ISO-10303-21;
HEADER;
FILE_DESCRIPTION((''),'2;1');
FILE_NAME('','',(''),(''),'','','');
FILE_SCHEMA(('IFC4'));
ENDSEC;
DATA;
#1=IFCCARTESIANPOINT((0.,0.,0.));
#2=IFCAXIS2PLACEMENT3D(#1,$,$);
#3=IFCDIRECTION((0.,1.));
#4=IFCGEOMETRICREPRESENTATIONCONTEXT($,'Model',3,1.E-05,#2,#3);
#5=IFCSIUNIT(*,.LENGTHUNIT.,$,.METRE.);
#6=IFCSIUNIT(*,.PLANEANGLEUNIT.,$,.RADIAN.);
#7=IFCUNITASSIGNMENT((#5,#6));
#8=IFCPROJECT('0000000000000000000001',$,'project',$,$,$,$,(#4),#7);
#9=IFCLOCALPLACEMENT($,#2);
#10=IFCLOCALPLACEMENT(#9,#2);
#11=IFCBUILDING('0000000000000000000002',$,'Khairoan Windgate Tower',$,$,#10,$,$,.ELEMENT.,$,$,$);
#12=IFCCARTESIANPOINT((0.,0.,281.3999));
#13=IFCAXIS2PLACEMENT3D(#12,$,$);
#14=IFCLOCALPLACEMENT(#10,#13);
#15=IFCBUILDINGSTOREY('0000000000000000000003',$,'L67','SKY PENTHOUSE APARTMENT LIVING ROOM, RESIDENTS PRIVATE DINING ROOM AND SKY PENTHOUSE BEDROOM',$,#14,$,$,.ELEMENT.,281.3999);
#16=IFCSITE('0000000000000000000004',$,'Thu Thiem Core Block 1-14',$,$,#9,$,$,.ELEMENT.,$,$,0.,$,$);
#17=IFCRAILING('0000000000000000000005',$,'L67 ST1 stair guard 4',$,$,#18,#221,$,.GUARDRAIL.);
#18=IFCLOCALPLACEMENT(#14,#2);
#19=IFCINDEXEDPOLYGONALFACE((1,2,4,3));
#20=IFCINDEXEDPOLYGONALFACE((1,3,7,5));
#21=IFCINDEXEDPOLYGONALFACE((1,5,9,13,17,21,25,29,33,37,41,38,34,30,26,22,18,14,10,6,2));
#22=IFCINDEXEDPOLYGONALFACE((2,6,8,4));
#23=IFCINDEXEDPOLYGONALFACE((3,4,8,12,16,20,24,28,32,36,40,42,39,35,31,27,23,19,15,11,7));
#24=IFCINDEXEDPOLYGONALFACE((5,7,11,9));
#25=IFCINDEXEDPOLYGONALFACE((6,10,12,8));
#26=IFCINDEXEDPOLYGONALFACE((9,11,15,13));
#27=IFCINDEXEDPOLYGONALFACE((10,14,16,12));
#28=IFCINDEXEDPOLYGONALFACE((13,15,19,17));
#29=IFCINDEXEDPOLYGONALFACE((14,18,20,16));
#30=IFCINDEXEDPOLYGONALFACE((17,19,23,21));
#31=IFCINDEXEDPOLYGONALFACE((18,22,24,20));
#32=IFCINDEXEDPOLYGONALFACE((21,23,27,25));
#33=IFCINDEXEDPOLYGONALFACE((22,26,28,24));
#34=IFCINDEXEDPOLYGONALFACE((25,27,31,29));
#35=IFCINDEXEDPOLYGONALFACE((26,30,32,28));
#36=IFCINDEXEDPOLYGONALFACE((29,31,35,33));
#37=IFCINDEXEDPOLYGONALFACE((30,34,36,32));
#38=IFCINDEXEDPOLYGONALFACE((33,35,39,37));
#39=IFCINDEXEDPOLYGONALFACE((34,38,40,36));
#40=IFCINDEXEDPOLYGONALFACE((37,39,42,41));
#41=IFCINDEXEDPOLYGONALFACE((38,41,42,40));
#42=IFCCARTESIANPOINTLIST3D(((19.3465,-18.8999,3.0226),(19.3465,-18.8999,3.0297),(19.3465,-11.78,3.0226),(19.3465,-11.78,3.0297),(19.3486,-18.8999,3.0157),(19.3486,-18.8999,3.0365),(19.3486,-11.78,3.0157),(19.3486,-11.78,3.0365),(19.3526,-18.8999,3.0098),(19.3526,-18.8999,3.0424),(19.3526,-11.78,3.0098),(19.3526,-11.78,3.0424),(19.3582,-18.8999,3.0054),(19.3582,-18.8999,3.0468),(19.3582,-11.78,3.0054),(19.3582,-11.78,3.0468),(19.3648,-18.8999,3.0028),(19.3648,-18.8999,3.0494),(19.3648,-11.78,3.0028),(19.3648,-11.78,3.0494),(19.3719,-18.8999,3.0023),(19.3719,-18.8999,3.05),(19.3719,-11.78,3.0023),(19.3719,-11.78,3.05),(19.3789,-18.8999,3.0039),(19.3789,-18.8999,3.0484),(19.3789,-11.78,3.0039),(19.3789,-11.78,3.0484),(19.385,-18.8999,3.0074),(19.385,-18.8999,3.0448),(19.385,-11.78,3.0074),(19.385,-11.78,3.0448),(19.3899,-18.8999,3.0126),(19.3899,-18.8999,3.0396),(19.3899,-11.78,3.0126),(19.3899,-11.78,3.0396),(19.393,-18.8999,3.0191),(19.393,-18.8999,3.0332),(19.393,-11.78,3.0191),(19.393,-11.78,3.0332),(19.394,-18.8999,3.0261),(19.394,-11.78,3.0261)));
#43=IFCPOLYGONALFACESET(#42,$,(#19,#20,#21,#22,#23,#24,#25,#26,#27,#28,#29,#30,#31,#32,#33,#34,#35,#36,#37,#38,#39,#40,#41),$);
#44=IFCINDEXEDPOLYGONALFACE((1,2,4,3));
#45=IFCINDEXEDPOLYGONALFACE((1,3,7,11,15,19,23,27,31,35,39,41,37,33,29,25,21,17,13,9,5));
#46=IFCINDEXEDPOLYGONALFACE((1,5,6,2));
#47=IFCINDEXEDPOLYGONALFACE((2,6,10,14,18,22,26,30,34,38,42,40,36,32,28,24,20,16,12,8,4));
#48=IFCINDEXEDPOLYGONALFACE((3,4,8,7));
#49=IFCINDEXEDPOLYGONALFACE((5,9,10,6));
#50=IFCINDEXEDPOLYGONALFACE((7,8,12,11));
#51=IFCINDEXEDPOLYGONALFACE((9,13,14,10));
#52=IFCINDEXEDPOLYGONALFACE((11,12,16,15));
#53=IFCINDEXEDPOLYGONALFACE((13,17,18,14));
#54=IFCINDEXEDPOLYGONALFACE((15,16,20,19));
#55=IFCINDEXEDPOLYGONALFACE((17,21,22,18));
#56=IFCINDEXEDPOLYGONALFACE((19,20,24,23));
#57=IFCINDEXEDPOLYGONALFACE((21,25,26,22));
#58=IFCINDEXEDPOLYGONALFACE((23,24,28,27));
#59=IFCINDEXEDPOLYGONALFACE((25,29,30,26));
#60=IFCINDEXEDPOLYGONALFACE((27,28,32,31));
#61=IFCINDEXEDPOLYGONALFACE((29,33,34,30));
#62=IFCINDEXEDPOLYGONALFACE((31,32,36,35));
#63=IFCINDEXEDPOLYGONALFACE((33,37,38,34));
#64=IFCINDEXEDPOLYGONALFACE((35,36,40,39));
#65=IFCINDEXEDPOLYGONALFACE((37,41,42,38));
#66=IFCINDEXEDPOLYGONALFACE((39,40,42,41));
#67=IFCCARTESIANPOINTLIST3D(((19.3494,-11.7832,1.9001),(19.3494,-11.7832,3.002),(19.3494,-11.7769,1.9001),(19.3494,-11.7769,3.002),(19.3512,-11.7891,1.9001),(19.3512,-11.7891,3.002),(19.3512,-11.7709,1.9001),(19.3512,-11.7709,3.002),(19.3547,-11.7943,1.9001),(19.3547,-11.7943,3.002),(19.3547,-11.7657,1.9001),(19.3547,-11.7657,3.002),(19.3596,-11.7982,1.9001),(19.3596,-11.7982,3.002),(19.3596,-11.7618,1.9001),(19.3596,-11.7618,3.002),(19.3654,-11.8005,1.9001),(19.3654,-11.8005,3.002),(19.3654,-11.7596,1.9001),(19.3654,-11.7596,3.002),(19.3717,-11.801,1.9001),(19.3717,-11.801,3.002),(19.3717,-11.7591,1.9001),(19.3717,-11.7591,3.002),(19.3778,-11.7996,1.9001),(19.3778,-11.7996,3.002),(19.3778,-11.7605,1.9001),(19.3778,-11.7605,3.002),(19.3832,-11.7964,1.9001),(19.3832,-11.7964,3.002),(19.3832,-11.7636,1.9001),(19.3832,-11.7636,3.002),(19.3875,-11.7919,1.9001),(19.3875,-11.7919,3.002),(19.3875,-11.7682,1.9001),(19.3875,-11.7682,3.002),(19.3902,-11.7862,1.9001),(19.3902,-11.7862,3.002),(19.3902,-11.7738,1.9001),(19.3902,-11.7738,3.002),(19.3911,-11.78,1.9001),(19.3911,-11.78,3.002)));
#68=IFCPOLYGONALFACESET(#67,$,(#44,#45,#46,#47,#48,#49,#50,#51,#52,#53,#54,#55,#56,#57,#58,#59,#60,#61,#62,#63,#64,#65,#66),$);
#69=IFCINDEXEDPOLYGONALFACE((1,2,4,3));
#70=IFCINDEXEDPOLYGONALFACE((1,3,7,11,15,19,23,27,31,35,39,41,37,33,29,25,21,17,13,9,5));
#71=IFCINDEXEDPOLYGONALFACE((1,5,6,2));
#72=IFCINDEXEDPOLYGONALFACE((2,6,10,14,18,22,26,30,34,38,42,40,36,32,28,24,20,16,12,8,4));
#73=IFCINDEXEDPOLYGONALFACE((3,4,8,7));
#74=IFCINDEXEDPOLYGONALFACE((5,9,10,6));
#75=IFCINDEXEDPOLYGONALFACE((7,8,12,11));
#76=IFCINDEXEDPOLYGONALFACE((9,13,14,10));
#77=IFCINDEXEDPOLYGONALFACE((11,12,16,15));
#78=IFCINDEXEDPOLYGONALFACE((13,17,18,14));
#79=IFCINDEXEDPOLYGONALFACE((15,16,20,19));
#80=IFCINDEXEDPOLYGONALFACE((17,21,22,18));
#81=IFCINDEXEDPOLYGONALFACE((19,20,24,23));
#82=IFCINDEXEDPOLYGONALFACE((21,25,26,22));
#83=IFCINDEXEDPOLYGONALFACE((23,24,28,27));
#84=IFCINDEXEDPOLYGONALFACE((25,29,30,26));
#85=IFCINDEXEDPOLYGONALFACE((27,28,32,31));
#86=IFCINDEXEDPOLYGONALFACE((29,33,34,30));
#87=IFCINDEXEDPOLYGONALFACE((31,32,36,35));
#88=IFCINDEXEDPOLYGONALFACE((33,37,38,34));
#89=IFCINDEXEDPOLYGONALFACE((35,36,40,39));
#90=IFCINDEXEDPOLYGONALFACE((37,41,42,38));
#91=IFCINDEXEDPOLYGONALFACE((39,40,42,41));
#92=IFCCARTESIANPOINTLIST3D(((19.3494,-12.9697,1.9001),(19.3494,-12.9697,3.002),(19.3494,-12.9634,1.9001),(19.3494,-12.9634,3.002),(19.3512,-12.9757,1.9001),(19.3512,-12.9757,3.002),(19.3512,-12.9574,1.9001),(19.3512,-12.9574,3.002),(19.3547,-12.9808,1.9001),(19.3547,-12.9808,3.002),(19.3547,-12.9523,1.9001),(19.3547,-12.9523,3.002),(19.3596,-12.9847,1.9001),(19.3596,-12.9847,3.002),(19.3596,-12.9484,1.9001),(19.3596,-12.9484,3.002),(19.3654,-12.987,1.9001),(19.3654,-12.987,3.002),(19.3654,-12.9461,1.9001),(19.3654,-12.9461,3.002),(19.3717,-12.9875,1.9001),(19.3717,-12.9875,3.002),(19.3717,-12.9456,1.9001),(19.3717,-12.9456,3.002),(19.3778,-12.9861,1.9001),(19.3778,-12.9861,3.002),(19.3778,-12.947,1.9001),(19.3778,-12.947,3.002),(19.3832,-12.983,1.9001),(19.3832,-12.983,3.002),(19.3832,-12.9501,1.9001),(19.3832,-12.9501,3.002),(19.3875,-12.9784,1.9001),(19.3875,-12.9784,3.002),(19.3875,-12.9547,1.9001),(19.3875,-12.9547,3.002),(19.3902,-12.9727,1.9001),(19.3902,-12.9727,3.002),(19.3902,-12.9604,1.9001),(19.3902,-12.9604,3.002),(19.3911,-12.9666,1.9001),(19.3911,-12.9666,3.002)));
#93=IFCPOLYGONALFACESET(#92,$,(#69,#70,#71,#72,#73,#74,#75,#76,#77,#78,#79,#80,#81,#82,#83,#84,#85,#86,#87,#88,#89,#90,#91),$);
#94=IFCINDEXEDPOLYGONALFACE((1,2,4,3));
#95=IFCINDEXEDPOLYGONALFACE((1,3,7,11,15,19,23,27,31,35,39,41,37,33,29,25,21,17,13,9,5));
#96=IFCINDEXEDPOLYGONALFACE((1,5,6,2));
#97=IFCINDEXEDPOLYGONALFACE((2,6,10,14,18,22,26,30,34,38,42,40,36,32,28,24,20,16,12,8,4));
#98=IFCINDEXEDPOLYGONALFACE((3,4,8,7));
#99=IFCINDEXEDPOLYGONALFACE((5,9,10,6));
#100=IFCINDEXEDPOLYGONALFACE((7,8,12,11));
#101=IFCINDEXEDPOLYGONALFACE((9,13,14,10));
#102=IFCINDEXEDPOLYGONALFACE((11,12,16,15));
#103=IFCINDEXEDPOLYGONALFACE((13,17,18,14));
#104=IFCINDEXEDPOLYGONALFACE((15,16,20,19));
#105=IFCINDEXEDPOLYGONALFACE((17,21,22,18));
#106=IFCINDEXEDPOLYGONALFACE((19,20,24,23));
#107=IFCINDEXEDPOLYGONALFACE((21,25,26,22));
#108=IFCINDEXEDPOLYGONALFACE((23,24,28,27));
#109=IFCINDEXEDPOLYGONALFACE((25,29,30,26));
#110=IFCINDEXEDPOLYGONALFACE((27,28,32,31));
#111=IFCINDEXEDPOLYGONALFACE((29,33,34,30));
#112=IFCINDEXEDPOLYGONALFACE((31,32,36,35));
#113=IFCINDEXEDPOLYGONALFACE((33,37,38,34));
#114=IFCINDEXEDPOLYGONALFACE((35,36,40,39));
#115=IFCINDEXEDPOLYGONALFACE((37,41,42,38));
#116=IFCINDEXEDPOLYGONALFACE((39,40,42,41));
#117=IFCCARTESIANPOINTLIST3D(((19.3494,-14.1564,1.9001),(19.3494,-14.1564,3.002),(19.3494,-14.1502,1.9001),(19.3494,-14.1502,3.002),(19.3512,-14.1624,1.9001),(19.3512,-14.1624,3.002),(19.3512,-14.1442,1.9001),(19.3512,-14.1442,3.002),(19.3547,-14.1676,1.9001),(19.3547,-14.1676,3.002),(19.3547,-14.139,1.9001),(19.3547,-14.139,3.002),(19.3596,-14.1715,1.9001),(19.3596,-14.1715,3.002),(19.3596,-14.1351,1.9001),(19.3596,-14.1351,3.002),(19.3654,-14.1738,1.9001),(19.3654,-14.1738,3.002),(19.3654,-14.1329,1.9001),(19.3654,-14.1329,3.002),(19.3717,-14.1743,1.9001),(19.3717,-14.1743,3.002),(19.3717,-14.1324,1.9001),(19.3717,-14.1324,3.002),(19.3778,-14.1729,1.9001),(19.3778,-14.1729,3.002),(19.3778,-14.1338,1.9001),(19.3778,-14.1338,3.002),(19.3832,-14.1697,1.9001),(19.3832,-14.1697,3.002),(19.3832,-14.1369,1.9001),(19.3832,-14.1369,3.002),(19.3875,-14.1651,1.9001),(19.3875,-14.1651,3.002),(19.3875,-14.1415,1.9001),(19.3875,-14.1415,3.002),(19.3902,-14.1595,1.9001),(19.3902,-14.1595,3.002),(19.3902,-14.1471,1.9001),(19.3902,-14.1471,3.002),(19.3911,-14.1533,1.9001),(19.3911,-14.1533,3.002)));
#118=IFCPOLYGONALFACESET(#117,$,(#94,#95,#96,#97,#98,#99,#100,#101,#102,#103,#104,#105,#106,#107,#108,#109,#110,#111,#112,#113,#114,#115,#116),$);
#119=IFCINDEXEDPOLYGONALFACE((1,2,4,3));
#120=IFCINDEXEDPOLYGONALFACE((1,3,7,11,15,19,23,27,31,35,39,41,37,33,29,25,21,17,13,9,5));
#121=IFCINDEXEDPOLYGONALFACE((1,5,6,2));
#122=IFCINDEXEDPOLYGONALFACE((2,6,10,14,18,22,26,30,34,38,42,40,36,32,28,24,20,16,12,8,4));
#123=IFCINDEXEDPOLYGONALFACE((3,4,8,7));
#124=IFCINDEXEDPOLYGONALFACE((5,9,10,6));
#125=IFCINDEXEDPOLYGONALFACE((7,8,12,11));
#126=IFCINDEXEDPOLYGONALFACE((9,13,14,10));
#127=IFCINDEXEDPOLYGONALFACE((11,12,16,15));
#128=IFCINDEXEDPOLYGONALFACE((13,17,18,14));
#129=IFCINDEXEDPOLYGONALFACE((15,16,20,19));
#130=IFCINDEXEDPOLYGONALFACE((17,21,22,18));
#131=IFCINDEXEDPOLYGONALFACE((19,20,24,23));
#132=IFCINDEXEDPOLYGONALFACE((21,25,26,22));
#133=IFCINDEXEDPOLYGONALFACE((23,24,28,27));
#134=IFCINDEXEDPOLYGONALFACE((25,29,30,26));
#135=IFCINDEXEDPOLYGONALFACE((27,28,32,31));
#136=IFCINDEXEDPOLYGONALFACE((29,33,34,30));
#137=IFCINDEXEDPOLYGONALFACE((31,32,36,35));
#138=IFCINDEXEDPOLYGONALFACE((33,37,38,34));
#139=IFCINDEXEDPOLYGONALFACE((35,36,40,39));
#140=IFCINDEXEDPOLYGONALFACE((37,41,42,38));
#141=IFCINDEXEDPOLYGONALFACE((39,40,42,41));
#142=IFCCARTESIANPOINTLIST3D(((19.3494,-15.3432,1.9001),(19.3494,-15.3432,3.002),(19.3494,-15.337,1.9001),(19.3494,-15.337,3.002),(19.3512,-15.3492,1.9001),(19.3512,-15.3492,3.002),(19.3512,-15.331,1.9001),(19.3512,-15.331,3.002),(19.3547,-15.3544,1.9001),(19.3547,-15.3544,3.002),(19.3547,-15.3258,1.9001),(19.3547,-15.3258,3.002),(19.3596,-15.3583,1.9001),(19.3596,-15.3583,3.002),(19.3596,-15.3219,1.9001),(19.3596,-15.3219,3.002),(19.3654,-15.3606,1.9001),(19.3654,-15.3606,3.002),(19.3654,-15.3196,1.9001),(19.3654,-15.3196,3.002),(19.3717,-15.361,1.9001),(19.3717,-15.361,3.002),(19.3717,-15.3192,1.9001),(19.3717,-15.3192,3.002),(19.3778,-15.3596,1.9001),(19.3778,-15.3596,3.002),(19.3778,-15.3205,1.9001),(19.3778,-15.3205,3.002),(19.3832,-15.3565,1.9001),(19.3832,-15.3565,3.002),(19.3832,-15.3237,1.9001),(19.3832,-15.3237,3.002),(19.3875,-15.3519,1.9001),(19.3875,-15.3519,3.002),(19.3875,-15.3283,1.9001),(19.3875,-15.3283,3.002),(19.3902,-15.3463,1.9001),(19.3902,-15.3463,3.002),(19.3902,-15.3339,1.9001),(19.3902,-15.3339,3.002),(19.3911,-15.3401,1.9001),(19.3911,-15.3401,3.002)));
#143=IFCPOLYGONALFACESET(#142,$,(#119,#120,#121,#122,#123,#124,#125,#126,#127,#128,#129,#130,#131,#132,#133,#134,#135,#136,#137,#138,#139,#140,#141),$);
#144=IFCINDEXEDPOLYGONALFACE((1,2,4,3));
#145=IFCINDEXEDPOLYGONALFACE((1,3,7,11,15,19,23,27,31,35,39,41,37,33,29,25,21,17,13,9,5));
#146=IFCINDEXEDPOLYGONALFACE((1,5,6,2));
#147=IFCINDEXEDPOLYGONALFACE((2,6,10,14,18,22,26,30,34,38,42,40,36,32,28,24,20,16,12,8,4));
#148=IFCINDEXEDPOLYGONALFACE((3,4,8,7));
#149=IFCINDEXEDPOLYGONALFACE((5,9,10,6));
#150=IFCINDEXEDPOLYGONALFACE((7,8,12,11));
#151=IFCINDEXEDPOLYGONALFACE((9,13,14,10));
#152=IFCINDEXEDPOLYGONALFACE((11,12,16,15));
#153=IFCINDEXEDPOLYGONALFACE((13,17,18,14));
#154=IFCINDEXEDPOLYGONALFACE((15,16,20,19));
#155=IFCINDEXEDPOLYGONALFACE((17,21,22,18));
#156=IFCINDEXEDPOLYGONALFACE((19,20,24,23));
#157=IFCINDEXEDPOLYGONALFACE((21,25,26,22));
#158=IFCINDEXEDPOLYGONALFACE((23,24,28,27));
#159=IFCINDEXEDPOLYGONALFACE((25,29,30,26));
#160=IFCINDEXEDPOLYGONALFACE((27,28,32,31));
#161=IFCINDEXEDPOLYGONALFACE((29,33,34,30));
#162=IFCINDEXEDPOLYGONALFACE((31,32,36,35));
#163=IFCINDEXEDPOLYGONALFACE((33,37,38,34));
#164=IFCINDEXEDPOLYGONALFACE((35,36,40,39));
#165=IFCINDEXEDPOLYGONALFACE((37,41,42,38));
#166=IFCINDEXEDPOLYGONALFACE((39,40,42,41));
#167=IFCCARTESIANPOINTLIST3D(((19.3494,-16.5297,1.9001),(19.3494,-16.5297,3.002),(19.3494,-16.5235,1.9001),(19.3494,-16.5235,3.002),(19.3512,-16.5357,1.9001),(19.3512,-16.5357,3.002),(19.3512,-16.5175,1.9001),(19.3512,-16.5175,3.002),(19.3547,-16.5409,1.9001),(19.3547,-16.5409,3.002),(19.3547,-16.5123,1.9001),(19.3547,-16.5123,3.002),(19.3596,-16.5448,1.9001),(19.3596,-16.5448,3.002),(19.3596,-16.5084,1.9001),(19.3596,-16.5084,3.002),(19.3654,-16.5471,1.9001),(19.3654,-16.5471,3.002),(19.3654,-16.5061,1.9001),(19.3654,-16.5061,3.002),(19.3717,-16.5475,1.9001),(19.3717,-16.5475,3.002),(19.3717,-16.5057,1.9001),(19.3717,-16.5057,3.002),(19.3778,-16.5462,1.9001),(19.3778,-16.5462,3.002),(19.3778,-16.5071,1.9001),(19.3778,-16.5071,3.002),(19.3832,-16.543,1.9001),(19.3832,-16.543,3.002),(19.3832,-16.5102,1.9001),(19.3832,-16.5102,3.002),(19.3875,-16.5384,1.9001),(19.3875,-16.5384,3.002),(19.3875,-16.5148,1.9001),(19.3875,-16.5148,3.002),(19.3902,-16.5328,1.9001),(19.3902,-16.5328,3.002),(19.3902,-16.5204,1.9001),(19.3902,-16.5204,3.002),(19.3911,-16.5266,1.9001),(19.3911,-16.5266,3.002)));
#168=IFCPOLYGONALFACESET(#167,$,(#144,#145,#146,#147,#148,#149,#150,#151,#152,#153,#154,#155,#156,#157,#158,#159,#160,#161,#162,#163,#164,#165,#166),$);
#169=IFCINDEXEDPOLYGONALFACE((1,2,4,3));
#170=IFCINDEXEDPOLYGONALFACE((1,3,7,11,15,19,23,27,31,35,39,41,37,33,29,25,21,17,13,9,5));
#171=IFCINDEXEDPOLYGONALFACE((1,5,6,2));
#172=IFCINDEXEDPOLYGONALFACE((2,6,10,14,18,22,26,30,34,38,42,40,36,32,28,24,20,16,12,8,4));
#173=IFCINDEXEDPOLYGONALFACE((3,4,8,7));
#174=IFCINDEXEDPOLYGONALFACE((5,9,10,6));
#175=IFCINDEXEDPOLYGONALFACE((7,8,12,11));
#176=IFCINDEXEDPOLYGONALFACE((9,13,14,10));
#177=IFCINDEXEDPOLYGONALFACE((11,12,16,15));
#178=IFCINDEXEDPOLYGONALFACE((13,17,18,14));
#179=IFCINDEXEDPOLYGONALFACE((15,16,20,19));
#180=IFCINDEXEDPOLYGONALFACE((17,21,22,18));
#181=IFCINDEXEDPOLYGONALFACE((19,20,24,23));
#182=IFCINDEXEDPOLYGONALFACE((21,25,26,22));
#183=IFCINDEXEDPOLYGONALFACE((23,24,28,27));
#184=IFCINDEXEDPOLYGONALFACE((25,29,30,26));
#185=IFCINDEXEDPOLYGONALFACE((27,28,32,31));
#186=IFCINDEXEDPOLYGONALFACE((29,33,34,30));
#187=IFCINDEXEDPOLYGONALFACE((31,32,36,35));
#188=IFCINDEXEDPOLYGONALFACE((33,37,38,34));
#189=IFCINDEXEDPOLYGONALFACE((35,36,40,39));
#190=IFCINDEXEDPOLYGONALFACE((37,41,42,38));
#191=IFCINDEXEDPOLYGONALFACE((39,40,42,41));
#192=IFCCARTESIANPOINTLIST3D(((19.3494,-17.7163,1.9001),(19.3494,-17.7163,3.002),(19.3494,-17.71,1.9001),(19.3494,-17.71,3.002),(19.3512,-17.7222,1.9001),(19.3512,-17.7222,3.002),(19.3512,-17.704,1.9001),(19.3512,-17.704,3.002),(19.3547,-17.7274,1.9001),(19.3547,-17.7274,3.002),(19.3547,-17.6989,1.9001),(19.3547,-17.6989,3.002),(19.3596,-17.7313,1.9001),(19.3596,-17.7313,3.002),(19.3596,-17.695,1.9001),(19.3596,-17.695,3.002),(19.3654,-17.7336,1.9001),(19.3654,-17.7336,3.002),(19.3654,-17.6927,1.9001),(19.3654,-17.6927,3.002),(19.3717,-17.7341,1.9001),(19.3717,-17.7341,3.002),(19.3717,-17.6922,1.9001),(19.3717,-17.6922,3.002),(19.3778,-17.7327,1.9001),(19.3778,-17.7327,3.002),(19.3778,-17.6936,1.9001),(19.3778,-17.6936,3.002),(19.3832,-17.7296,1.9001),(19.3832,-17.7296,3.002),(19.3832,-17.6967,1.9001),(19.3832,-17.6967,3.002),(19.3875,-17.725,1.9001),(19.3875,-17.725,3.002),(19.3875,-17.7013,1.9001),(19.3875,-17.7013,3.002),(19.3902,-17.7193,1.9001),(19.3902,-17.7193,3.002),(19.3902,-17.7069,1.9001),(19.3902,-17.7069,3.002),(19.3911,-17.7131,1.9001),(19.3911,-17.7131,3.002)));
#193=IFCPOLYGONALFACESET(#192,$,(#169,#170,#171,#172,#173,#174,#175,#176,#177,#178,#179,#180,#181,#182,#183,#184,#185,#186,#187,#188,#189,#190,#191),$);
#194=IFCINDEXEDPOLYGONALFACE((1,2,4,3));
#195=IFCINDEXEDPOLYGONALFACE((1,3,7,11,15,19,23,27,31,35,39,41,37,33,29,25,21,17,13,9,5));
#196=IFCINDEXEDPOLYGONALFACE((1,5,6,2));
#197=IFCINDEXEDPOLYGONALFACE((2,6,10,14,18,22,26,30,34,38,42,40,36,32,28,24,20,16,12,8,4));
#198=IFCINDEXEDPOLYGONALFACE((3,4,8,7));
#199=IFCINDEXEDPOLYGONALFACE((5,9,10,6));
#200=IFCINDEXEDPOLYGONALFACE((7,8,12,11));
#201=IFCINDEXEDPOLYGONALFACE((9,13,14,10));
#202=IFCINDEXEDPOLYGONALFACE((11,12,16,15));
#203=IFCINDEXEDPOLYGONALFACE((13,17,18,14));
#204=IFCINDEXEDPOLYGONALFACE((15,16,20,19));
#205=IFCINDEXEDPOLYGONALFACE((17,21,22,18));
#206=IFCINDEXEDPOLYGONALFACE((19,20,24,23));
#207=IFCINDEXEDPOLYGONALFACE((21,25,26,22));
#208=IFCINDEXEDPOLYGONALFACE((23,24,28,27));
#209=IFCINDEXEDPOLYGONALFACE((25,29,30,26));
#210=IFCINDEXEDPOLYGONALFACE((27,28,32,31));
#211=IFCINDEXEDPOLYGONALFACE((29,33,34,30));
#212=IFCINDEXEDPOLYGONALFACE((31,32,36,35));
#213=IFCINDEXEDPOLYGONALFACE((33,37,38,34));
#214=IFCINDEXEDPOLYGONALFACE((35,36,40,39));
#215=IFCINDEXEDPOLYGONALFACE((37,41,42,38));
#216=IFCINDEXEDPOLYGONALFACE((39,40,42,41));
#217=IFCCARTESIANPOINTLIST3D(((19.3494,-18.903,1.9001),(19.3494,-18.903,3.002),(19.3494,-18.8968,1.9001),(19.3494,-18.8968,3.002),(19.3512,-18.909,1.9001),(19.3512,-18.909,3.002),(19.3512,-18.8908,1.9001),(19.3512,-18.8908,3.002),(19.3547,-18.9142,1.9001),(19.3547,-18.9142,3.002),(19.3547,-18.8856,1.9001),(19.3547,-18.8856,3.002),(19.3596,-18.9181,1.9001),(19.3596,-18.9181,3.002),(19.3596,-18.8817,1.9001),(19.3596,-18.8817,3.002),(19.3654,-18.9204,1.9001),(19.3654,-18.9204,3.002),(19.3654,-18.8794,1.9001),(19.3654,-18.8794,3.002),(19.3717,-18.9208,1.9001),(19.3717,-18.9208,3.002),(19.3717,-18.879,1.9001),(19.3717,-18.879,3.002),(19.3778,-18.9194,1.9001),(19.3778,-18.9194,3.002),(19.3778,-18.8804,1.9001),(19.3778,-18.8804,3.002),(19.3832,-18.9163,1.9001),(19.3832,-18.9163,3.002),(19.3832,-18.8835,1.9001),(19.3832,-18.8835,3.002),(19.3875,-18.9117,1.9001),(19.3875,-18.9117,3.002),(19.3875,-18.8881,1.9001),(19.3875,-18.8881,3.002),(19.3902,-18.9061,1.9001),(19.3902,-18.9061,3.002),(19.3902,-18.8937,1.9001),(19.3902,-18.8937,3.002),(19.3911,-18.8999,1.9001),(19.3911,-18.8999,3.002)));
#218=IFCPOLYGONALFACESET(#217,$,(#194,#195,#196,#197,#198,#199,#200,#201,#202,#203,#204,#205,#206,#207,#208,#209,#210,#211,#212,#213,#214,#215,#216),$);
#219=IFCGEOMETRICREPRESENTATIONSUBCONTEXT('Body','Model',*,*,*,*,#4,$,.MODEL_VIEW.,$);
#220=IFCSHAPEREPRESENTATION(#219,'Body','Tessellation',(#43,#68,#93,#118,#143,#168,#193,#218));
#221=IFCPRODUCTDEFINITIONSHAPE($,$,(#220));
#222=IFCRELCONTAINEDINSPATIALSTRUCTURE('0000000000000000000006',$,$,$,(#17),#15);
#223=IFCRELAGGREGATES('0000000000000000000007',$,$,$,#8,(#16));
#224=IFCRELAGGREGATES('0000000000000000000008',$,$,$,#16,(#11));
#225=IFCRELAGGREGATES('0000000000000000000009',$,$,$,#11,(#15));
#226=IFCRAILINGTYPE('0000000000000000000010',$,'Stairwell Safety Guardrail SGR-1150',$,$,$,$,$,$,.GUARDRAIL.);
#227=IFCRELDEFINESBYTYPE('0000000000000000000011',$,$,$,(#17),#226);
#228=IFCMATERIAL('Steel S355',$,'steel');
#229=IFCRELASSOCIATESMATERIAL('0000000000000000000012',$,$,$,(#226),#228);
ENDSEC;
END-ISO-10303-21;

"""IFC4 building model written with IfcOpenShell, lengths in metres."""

from ifc_helpers import new_model, si_unit, direction, frame, origin, origin_2d, place, context, subcontext, project, spatial, circle, extrude, material, type_object, element, save


model = new_model("IFC4")

# Units and contexts
model_context = context("Model", 3, precision=1e-05, world=origin(), true_north=direction((0.0, 1.0)))
body_context = subcontext(model_context, "Body", "Model", "MODEL_VIEW")
ifc_project = project(units=[si_unit("LENGTHUNIT", "METRE"), si_unit("PLANEANGLEUNIT", "RADIAN")], contexts=[model_context])

# Site, building, storey
site_placement = place(None, origin())
site = spatial("IfcSite", under=ifc_project, at=site_placement, Name="Thu Thiem Core Block 1-14", CompositionType="ELEMENT", RefElevation=0.0)
building_placement = place(site_placement, origin())
building = spatial("IfcBuilding", under=site, at=building_placement, Name="Khairoan Windgate Tower", CompositionType="ELEMENT")
storey_placement = place(building_placement, frame((0.0, 0.0, 281.3999)))
storey = spatial("IfcBuildingStorey", under=building, at=storey_placement, Name="L67", Description="SKY PENTHOUSE APARTMENT LIVING ROOM, RESIDENTS PRIVATE DINING ROOM AND SKY PENTHOUSE BEDROOM", CompositionType="ELEMENT", Elevation=281.3999)

# Railing
ifc_material_1 = material(Name="Steel S355", Category="steel")
railing_type_1 = type_object("IfcRailingType", Name="Stairwell Safety Guardrail SGR-1150", PredefinedType="GUARDRAIL", material=ifc_material_1)
railing_1_placement = place(storey_placement, frame((19.3701, -11.78, 1.9001)))
element("IfcRailing", 1, at=railing_1_placement, inside=storey, type_object=railing_type_1, Name="L67 ST1 stair guard 4", PredefinedType="GUARDRAIL", context=body_context, shape_type="SweptSolid", body=[
    extrude(circle(Radius=0.0239, at=origin_2d()), frame((0.0, 0.0, 1.126), z_axis=(0.0, -1.0, 0.0), x_axis=(1.0, 0.0, 0.0)), (0.0, 0.0, 1.0), 7.1199),
    extrude(circle(Radius=0.021, at=origin_2d()), origin(), (0.0, 0.0, 1.0), 1.1018),
    extrude(circle(Radius=0.021, at=origin_2d()), frame((0.0, -1.1865, 0.0)), (0.0, 0.0, 1.0), 1.1018),
    extrude(circle(Radius=0.021, at=origin_2d()), frame((0.0, -2.3733, 0.0)), (0.0, 0.0, 1.0), 1.1018),
    extrude(circle(Radius=0.021, at=origin_2d()), frame((0.0, -3.5601, 0.0)), (0.0, 0.0, 1.0), 1.1018),
    extrude(circle(Radius=0.021, at=origin_2d()), frame((0.0, -4.7466, 0.0)), (0.0, 0.0, 1.0), 1.1018),
    extrude(circle(Radius=0.021, at=origin_2d()), frame((0.0, -5.9331, 0.0)), (0.0, 0.0, 1.0), 1.1018),
    extrude(circle(Radius=0.021, at=origin_2d()), frame((0.0, -7.1199, 0.0)), (0.0, 0.0, 1.0), 1.1018),
])

save(model, "model.ifc")
